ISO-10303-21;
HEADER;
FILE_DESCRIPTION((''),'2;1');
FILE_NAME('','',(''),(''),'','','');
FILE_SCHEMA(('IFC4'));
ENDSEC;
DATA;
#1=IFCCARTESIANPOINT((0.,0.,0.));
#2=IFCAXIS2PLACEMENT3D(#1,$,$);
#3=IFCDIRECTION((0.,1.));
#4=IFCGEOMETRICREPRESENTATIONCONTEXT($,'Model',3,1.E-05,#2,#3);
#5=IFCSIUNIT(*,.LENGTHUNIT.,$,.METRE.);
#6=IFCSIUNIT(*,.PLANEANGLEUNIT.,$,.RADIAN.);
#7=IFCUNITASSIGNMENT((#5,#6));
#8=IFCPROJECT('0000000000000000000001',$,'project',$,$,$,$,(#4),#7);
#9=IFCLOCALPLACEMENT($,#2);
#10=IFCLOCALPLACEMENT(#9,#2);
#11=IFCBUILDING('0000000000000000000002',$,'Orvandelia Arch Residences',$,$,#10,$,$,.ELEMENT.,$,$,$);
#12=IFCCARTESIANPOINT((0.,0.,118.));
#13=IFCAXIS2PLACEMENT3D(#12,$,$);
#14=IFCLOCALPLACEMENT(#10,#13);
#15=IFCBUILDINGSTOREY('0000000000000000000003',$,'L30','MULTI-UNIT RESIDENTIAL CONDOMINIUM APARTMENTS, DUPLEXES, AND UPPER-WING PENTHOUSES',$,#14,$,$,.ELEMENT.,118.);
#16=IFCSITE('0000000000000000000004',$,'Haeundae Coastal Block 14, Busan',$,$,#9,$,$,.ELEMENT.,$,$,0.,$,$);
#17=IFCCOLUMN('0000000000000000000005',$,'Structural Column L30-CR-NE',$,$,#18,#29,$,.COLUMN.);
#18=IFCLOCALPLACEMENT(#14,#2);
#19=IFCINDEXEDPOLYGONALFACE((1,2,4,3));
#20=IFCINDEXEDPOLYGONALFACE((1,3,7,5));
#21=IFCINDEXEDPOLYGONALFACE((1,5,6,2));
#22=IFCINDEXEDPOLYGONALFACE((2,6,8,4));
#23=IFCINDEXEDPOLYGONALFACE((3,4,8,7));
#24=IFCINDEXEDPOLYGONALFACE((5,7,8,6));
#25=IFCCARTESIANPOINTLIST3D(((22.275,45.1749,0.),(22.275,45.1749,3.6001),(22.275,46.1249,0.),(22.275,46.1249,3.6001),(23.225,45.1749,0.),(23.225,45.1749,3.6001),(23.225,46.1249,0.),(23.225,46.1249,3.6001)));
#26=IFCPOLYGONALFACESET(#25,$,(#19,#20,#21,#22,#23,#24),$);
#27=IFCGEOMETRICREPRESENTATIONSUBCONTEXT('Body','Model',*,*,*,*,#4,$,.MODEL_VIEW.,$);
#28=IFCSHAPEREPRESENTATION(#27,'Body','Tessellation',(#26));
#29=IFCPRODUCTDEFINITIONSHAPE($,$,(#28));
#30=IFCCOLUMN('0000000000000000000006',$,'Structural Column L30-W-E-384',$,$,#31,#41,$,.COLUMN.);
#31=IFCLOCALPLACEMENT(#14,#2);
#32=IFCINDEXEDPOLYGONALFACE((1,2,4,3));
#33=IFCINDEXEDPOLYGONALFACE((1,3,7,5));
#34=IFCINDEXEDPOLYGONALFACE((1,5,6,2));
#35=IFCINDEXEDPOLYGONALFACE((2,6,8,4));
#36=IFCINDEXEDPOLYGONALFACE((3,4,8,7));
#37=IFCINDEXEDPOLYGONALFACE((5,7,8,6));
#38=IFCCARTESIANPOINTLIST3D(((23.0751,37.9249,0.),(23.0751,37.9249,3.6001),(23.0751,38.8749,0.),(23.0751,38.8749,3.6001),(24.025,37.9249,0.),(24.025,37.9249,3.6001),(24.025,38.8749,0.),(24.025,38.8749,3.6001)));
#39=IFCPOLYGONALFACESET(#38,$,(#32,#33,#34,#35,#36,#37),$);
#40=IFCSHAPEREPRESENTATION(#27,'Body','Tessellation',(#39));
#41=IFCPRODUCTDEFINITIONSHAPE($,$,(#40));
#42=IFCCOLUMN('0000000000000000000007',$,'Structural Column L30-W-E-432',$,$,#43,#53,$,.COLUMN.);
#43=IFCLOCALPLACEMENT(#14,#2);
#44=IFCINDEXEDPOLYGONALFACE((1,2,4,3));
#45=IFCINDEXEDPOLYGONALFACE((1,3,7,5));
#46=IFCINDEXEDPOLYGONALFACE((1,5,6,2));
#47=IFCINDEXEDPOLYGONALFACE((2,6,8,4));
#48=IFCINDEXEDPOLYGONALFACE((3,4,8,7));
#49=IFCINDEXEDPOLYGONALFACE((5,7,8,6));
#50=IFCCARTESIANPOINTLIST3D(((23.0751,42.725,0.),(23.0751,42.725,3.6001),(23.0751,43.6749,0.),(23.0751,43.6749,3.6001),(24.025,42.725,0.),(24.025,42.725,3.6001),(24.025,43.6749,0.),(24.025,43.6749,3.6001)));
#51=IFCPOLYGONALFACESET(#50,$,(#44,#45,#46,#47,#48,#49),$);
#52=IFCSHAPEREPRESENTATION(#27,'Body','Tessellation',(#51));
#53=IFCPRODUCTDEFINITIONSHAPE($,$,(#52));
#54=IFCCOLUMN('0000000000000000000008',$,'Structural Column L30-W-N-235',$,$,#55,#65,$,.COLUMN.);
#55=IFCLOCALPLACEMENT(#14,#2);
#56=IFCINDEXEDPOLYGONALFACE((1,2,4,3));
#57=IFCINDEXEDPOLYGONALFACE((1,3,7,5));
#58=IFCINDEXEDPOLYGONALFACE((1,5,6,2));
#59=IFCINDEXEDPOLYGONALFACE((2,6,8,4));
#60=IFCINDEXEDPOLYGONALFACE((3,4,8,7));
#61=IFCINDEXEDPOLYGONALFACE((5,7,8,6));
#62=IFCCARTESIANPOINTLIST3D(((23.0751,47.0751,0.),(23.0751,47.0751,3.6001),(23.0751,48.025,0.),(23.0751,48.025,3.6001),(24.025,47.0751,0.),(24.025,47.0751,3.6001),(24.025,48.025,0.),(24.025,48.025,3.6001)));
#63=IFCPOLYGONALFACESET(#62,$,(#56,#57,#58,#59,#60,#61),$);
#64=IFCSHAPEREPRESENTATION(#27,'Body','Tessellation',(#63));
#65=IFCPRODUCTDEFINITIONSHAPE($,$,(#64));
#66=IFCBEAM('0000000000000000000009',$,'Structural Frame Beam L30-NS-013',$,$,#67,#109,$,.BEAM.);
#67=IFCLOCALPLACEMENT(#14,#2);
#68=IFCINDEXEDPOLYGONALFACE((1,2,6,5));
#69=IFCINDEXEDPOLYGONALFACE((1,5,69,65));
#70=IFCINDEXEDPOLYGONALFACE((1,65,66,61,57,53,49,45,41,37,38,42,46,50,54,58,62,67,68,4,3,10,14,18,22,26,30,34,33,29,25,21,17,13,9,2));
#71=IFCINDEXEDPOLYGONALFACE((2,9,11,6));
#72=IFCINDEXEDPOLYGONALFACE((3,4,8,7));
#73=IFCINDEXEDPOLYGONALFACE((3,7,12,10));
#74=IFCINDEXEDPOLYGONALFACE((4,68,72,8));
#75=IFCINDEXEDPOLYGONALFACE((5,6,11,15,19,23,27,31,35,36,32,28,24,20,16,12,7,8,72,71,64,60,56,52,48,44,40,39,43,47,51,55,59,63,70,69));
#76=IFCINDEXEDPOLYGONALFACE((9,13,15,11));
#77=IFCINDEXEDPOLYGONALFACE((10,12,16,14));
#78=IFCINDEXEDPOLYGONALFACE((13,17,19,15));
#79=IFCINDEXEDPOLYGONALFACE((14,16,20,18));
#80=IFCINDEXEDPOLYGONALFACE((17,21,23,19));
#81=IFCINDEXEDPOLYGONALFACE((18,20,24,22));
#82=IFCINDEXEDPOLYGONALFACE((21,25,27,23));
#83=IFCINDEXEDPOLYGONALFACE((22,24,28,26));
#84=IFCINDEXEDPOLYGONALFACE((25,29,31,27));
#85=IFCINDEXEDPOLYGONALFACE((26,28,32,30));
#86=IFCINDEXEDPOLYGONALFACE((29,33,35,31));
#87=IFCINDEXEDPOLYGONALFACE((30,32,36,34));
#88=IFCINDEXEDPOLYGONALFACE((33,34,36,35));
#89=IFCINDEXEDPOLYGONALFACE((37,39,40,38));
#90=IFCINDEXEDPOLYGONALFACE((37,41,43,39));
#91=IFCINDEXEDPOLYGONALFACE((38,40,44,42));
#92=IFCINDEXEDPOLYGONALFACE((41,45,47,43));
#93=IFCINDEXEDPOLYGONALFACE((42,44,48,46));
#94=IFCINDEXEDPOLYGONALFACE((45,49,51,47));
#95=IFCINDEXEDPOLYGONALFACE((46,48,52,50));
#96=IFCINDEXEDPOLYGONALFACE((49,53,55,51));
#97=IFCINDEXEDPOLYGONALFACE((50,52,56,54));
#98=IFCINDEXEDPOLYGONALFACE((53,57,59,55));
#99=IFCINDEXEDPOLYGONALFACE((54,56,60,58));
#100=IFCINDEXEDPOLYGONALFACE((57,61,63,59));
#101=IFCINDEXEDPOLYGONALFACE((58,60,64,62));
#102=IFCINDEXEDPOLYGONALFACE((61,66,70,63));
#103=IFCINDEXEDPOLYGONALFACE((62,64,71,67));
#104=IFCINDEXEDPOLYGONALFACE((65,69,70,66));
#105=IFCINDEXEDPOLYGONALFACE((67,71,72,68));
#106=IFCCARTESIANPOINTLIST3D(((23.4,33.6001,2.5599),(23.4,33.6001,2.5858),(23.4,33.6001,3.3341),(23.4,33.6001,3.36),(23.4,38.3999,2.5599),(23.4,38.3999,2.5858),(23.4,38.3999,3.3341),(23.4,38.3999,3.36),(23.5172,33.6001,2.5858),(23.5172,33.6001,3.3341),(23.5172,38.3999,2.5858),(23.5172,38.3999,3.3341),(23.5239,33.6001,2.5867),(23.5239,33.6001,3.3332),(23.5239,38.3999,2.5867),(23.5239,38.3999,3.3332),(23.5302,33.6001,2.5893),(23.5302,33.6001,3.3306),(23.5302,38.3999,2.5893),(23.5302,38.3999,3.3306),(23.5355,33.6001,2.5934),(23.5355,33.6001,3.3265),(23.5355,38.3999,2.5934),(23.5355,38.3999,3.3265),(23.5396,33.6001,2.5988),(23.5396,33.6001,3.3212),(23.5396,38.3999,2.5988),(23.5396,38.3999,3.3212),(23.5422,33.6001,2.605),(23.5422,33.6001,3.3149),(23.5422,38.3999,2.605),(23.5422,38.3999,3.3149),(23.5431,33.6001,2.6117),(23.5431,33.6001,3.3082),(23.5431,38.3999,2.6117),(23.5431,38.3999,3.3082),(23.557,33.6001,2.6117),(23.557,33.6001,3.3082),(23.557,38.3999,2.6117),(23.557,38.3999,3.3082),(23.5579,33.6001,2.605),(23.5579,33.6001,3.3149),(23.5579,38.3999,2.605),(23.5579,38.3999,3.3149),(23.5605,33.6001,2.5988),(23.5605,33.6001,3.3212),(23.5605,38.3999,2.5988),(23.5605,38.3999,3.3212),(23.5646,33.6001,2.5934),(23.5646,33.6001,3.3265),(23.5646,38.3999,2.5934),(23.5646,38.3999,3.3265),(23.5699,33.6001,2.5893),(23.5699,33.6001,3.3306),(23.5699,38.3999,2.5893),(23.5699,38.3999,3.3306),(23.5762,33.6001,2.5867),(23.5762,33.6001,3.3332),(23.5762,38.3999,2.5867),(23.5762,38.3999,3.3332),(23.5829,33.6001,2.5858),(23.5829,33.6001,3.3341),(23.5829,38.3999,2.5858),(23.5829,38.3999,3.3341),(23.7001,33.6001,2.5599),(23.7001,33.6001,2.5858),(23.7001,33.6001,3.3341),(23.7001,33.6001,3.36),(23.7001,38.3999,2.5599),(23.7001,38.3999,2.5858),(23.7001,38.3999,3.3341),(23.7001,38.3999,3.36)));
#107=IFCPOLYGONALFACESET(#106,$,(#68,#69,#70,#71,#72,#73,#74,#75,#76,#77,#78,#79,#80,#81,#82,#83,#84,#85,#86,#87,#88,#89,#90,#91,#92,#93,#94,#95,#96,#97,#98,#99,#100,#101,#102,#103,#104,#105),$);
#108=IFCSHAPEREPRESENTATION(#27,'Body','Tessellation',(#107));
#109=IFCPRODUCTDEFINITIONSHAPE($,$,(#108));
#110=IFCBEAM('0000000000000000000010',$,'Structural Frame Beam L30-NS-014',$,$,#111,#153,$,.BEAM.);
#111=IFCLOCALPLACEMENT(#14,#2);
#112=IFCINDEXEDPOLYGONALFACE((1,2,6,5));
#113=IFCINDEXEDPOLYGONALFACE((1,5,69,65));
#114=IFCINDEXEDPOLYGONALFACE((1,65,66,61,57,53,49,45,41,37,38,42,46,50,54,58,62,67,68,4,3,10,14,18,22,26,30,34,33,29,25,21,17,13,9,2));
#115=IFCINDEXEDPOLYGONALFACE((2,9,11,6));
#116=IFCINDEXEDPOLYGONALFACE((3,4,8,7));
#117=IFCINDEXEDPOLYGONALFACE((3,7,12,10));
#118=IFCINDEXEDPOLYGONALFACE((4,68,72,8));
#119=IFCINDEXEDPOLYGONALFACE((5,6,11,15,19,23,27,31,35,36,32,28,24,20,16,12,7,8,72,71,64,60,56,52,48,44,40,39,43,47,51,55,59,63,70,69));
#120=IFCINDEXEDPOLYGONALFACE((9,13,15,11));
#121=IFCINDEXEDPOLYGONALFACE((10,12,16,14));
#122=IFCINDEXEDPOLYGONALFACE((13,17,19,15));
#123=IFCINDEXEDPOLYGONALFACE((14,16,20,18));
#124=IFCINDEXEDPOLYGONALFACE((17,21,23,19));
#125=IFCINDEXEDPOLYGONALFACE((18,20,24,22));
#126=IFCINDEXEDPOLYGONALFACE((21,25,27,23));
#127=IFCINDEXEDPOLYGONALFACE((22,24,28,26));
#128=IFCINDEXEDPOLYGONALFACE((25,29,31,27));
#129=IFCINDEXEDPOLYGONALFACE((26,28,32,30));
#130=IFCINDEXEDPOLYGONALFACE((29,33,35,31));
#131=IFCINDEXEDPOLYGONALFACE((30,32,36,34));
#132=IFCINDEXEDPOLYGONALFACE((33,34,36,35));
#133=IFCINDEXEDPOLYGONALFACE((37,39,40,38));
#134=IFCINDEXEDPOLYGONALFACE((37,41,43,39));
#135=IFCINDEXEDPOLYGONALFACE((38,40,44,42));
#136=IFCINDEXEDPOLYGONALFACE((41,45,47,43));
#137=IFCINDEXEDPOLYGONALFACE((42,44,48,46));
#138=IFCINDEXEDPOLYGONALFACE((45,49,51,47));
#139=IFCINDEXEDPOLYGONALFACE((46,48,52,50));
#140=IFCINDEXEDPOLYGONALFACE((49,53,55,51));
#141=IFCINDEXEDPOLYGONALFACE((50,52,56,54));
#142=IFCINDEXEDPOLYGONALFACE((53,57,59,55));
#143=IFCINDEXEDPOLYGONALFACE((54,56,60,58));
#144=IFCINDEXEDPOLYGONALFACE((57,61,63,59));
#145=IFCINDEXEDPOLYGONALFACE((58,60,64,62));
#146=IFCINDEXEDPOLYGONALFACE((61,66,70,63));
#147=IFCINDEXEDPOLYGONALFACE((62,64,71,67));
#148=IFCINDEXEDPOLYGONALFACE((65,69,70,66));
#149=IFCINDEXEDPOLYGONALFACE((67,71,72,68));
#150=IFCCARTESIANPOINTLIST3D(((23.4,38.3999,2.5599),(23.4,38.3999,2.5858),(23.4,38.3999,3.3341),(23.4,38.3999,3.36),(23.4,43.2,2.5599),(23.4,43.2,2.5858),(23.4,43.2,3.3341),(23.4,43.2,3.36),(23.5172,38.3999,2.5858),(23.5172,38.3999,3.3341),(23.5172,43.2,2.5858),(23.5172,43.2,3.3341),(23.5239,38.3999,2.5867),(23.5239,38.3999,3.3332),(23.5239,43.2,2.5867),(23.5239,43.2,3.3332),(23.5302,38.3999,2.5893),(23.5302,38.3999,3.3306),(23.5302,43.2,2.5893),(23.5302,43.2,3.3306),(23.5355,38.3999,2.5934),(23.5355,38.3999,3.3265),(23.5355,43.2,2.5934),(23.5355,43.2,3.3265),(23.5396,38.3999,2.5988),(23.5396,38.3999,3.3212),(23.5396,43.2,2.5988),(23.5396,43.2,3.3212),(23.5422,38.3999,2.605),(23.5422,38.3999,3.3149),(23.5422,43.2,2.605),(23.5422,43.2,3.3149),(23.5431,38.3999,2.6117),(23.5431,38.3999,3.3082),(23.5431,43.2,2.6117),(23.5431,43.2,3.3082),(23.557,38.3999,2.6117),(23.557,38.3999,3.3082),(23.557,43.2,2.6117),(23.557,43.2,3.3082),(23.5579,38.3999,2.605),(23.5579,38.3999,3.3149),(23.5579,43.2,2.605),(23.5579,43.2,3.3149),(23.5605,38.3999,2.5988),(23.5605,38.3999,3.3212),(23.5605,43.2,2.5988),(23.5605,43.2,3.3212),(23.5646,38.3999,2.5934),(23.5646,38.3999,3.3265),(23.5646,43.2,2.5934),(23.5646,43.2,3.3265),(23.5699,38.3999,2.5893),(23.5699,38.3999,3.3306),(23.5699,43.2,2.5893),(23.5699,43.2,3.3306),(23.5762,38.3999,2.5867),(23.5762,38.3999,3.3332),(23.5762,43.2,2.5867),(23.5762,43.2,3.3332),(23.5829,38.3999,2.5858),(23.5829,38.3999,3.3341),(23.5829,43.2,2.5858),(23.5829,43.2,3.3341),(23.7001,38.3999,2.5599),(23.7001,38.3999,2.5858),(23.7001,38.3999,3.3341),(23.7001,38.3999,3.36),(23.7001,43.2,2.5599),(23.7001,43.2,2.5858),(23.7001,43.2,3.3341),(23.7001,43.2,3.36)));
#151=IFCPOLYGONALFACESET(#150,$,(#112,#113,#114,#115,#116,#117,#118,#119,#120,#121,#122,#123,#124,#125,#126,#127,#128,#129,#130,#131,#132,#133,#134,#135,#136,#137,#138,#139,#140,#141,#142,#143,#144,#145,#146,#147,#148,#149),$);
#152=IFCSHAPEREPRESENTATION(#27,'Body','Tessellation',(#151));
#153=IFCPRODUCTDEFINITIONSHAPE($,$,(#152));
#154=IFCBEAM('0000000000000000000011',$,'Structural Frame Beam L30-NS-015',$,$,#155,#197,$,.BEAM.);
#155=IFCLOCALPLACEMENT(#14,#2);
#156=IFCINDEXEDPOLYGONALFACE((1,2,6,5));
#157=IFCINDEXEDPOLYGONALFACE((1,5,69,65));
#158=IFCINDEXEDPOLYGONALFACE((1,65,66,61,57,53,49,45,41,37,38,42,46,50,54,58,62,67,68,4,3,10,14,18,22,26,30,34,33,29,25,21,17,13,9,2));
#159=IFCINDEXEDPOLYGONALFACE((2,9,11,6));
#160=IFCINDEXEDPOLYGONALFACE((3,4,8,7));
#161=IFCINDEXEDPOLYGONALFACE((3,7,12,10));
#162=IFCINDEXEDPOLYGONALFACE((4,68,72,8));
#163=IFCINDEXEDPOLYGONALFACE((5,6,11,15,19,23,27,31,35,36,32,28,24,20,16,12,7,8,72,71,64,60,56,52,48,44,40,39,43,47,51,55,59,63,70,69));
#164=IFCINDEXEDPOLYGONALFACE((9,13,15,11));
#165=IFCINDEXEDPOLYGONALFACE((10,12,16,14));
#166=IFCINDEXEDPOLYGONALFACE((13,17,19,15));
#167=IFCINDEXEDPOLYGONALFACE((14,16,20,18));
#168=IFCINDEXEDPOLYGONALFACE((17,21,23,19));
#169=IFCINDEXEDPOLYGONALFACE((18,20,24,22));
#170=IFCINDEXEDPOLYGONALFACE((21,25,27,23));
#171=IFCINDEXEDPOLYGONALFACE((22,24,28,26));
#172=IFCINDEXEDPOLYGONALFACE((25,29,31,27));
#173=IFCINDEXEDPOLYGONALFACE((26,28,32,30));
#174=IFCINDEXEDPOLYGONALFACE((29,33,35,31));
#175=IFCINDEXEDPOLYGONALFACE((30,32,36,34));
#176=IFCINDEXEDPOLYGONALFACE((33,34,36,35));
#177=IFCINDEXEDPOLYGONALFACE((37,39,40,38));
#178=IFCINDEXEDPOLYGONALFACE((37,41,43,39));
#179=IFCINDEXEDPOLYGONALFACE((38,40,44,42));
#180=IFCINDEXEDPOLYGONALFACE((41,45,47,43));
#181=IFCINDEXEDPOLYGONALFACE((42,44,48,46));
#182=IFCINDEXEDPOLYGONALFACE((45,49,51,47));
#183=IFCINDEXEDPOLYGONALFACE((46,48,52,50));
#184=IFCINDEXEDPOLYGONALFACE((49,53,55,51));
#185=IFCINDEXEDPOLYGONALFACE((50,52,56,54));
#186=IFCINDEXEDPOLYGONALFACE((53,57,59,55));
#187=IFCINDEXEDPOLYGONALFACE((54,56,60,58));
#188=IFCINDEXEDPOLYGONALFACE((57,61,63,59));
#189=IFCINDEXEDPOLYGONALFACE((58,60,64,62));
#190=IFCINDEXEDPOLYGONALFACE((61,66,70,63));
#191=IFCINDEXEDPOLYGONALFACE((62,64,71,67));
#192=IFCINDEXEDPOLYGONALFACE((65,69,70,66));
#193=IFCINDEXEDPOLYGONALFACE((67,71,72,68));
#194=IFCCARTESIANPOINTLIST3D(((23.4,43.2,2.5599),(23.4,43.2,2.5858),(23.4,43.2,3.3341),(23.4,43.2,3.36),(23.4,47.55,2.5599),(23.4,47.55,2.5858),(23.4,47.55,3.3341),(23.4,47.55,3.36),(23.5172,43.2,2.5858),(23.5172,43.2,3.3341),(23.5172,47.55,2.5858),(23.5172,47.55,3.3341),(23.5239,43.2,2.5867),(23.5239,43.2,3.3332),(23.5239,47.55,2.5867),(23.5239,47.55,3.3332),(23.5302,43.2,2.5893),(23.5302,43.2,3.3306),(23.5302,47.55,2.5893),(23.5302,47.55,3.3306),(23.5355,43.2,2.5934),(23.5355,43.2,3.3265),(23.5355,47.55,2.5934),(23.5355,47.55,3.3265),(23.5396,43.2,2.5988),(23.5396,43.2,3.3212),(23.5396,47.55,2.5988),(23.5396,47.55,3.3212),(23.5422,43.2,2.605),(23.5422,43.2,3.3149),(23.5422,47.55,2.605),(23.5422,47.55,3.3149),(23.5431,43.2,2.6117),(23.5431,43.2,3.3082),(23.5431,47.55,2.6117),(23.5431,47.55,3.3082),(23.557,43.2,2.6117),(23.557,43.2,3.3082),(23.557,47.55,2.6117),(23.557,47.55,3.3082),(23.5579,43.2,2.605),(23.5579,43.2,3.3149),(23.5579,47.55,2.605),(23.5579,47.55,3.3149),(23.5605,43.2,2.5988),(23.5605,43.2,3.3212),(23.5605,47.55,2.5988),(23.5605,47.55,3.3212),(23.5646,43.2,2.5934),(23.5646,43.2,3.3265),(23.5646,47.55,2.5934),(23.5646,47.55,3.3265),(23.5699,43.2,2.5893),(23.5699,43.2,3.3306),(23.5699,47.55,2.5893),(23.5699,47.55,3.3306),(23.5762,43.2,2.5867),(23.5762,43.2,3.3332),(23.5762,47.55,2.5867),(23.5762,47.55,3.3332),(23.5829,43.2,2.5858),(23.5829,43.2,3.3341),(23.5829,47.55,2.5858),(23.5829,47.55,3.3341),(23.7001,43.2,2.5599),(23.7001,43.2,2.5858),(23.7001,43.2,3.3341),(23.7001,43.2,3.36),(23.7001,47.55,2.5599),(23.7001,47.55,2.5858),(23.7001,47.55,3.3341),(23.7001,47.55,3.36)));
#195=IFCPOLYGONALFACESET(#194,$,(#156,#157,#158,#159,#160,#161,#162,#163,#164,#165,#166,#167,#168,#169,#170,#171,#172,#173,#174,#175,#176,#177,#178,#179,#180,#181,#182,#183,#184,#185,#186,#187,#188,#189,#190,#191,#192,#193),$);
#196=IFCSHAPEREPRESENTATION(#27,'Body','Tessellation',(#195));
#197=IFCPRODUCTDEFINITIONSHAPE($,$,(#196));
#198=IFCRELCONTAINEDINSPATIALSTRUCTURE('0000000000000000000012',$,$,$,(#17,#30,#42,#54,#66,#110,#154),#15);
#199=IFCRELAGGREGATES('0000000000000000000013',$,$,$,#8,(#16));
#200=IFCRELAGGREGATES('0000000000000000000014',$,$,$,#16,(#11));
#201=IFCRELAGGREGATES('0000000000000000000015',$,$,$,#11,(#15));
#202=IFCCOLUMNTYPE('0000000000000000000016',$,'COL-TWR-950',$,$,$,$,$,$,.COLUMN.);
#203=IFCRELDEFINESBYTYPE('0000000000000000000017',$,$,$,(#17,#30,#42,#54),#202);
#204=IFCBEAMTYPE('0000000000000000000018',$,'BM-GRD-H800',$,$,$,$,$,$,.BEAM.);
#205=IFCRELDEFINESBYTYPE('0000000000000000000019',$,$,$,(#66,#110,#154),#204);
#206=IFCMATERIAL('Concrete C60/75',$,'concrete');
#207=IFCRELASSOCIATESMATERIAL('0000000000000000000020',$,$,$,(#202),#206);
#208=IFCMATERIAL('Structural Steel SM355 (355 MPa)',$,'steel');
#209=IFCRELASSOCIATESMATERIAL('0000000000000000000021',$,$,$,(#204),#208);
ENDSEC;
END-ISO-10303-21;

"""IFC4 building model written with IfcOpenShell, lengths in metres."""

from ifc_helpers import new_model, si_unit, direction, frame, origin, origin_2d, place, context, subcontext, project, spatial, rectangle, i_section, extrude, material, material_profile, profile_set, type_object, element, save


model = new_model("IFC4")

# Units and contexts
model_context = context("Model", 3, precision=1e-05, world=origin(), true_north=direction((0.0, 1.0)))
body_context = subcontext(model_context, "Body", "Model", "MODEL_VIEW")
ifc_project = project(units=[si_unit("LENGTHUNIT", "METRE"), si_unit("PLANEANGLEUNIT", "RADIAN")], contexts=[model_context])

# Site, building, storey
site_placement = place(None, origin())
site = spatial("IfcSite", under=ifc_project, at=site_placement, Name="Haeundae Coastal Block 14, Busan", CompositionType="ELEMENT", RefElevation=0.0)
building_placement = place(site_placement, origin())
building = spatial("IfcBuilding", under=site, at=building_placement, Name="Orvandelia Arch Residences", CompositionType="ELEMENT")
storey_placement = place(building_placement, frame((0.0, 0.0, 118.0)))
storey = spatial("IfcBuildingStorey", under=building, at=storey_placement, Name="L30", Description="MULTI-UNIT RESIDENTIAL CONDOMINIUM APARTMENTS, DUPLEXES, AND UPPER-WING PENTHOUSES", CompositionType="ELEMENT", Elevation=118.0)

# Columns
ifc_material_1 = material(Name="Concrete C60/75", Category="concrete")
ifc_material_profile_1 = material_profile(ifc_material_1, rectangle(XDim=0.95, YDim=0.95, at=origin_2d()), Name="Concrete C60/75", Category="concrete")
ifc_profile_set_1 = profile_set([ifc_material_profile_1], Name="Concrete C60/75")
column_type = type_object("IfcColumnType", Name="COL-TWR-950", PredefinedType="COLUMN", material=ifc_profile_set_1)
for number, where, z_axis, x_axis, name in (
    (1, (22.75, 45.6499, 0.0), (0.0, 0.0, 1.0), (1.0, 0.0, 0.0), "Structural Column L30-CR-NE"),
    (2, (23.55, 38.3999, 0.0), (0.0, 0.0, 1.0), (1.0, 0.0, 0.0), "Structural Column L30-W-E-384"),
    (3, (23.55, 43.2, 0.0), (0.0, 0.0, 1.0), (1.0, 0.0, 0.0), "Structural Column L30-W-E-432"),
    (4, (23.55, 47.55, 0.0), (0.0, 0.0, 1.0), (1.0, 0.0, 0.0), "Structural Column L30-W-N-235"),
):
    element("IfcColumn", number, at=place(storey_placement, frame(where, z_axis=z_axis, x_axis=x_axis)), inside=storey, type_object=column_type, Name=name, PredefinedType="COLUMN", context=body_context, shape_type="SweptSolid", body=[
        extrude(rectangle(XDim=0.95, YDim=0.95, at=origin_2d()), origin(), (0.0, 0.0, 1.0), 3.6001),
    ])

# Beams
ifc_material_2 = material(Name="Structural Steel SM355 (355 MPa)", Category="steel")
ifc_material_profile_2 = material_profile(ifc_material_2, i_section(OverallWidth=0.3, OverallDepth=0.8, WebThickness=0.0139, FlangeThickness=0.0259, FilletRadius=0.0259, at=origin_2d()), Name="Structural Steel SM355 (355 MPa)", Category="steel")
ifc_profile_set_2 = profile_set([ifc_material_profile_2], Name="Structural Steel SM355 (355 MPa)")
beam_type = type_object("IfcBeamType", Name="BM-GRD-H800", PredefinedType="BEAM", material=ifc_profile_set_2)
beam_1_placement = place(storey_placement, frame((23.55, 33.6001, 2.96), z_axis=(0.0, 1.0, 0.0), x_axis=(-1.0, 0.0, 0.0)))
element("IfcBeam", 5, at=beam_1_placement, inside=storey, type_object=beam_type, Name="Structural Frame Beam L30-NS-013", PredefinedType="BEAM", context=body_context, shape_type="SweptSolid", body=[
    extrude(i_section(OverallWidth=0.3, OverallDepth=0.8, WebThickness=0.0139, FlangeThickness=0.0259, FilletRadius=0.0259, at=origin_2d()), origin(), (0.0, 0.0, 1.0), 4.7998),
])
beam_2_placement = place(storey_placement, frame((23.55, 38.3999, 2.96), z_axis=(0.0, 1.0, 0.0), x_axis=(-1.0, 0.0, 0.0)))
element("IfcBeam", 6, at=beam_2_placement, inside=storey, type_object=beam_type, Name="Structural Frame Beam L30-NS-014", PredefinedType="BEAM", context=body_context, shape_type="SweptSolid", body=[
    extrude(i_section(OverallWidth=0.3, OverallDepth=0.8, WebThickness=0.0139, FlangeThickness=0.0259, FilletRadius=0.0259, at=origin_2d()), origin(), (0.0, 0.0, 1.0), 4.8),
])
beam_3_placement = place(storey_placement, frame((23.55, 43.2, 2.96), z_axis=(0.0, 1.0, 0.0), x_axis=(-1.0, 0.0, 0.0)))
element("IfcBeam", 7, at=beam_3_placement, inside=storey, type_object=beam_type, Name="Structural Frame Beam L30-NS-015", PredefinedType="BEAM", context=body_context, shape_type="SweptSolid", body=[
    extrude(i_section(OverallWidth=0.3, OverallDepth=0.8, WebThickness=0.0139, FlangeThickness=0.0259, FilletRadius=0.0259, at=origin_2d()), origin(), (0.0, 0.0, 1.0), 4.3501),
])

save(model, "model.ifc")
